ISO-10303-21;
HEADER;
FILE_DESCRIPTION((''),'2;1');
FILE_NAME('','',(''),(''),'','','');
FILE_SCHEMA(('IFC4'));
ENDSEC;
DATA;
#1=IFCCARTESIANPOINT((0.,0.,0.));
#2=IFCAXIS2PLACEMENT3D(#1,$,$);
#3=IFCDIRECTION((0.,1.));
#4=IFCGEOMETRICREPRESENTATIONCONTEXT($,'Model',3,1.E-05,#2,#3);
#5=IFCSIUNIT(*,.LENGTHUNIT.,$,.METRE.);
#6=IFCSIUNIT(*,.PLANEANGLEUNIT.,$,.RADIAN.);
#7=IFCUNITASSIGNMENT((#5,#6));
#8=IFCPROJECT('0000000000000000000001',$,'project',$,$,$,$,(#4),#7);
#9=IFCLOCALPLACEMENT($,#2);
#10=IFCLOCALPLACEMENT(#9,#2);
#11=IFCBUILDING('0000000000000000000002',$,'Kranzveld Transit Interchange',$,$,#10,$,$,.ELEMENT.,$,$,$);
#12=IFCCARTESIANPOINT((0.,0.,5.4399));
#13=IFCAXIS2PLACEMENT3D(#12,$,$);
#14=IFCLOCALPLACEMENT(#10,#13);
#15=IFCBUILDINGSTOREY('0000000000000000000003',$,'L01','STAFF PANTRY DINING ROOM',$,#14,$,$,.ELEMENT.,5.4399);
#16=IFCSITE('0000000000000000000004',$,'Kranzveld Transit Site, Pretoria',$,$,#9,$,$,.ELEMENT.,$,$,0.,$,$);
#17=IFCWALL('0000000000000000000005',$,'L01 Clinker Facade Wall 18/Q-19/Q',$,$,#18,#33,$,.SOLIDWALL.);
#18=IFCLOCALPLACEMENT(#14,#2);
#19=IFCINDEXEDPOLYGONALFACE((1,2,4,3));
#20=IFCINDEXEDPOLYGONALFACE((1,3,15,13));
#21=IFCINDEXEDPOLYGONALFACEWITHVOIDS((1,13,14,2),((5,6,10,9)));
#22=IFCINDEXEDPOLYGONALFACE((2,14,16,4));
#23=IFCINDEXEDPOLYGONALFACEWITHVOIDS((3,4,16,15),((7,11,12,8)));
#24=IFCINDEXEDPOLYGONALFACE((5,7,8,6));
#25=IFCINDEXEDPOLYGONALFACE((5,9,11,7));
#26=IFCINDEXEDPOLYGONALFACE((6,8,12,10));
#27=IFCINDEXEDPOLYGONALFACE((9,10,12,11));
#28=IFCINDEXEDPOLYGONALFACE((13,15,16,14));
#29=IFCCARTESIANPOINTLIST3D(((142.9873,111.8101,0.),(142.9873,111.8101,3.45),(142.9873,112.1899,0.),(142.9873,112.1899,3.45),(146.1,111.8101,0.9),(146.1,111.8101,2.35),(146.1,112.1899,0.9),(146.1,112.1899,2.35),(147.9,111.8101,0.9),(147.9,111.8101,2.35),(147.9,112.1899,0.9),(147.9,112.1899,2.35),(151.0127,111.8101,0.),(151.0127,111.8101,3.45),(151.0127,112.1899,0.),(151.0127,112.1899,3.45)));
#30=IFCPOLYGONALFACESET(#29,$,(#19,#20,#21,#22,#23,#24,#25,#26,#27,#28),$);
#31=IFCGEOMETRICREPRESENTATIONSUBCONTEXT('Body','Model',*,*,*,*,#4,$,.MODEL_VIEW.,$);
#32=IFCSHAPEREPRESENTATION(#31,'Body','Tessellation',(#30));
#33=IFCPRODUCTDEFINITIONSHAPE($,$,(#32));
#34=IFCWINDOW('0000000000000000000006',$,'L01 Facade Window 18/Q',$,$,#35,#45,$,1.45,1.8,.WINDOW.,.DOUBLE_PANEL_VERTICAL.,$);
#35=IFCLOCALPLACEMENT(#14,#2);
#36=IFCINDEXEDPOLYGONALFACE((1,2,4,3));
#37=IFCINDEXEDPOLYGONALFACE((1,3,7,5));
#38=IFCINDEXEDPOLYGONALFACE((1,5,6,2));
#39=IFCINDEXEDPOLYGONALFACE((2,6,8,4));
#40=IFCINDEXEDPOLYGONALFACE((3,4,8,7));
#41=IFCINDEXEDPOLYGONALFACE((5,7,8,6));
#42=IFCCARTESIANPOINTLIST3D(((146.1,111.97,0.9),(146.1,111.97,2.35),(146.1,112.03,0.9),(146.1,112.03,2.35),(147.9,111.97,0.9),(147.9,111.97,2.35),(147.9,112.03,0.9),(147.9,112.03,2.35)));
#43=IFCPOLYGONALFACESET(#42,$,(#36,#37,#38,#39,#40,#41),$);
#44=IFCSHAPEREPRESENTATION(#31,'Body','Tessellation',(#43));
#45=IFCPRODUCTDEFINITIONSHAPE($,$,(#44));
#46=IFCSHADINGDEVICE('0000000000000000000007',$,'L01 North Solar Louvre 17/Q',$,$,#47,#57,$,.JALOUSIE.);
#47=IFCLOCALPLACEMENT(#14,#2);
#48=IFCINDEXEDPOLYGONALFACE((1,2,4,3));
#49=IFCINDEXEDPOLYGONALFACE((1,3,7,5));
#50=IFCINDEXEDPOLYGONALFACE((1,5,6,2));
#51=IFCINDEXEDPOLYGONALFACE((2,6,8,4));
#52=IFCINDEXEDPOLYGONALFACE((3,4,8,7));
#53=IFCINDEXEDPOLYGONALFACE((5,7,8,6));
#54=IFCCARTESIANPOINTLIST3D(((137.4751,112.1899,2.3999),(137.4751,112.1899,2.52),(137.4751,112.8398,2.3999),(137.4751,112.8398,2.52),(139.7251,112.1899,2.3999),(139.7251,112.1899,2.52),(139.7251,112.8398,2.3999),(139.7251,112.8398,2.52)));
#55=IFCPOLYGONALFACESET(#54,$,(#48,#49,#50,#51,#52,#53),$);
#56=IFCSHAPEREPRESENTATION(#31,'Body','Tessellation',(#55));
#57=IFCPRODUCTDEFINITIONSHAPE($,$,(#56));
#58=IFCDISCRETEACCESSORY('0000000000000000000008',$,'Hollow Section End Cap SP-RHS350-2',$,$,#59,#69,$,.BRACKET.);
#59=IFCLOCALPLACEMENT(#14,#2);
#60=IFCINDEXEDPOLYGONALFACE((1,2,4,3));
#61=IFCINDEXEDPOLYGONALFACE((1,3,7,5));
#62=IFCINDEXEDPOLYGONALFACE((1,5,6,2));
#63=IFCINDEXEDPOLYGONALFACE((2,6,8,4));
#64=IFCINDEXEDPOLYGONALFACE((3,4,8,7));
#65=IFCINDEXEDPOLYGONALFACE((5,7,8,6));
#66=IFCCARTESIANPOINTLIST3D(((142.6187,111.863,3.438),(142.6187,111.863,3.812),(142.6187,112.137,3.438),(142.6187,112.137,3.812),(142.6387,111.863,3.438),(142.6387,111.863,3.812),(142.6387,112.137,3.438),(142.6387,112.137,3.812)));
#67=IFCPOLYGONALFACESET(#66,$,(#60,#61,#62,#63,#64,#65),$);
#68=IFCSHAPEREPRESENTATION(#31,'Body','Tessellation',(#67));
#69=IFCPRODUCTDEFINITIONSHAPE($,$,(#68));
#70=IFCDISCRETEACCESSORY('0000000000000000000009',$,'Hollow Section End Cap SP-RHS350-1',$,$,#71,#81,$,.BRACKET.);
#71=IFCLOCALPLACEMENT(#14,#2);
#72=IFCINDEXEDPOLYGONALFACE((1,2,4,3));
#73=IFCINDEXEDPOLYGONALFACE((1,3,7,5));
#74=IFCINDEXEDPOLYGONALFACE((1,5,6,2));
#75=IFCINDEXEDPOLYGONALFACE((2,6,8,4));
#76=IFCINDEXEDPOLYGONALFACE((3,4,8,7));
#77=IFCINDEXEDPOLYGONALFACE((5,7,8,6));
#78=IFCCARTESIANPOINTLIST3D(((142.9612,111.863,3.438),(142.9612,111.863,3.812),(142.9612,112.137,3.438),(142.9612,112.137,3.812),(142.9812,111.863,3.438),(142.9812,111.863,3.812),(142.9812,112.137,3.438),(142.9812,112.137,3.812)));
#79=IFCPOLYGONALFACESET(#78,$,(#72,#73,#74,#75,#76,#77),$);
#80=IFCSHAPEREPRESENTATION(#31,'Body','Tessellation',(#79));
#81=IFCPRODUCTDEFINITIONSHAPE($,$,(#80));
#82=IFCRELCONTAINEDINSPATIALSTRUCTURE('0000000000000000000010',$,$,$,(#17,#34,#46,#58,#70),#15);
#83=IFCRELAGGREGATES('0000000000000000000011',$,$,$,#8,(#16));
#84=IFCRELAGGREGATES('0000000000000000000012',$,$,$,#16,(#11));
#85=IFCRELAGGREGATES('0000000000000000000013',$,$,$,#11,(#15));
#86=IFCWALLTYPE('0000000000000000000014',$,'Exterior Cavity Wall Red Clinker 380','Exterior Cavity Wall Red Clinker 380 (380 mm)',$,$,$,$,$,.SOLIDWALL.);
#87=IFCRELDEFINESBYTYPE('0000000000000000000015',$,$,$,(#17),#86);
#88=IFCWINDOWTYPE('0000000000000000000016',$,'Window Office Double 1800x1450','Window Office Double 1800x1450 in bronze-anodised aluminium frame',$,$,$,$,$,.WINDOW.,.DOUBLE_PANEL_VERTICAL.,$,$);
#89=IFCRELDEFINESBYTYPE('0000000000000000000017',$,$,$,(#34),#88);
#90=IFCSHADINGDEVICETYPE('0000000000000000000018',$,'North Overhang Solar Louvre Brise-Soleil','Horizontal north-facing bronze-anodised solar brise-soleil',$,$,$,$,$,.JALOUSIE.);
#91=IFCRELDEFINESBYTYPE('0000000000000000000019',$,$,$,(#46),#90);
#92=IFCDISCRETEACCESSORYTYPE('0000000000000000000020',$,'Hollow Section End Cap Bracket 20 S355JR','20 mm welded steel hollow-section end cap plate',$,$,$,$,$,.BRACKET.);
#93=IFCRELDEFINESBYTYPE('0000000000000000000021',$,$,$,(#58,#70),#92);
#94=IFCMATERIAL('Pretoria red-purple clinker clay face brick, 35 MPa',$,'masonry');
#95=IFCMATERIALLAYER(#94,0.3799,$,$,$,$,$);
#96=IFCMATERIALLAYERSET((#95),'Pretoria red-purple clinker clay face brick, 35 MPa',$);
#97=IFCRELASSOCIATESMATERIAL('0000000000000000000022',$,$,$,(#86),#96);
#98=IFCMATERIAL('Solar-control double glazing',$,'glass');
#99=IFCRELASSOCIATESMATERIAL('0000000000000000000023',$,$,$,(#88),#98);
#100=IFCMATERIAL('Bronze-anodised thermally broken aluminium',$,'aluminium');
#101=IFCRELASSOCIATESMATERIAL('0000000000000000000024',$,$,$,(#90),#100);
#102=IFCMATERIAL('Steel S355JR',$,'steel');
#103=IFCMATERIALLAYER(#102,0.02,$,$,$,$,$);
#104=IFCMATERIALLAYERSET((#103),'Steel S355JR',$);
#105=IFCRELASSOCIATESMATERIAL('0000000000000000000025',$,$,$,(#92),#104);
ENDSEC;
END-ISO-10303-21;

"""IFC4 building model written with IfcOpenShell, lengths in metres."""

from ifc_helpers import new_model, si_unit, direction, frame, frame_2d, origin, origin_2d, place, context, subcontext, project, spatial, rectangle, extrude, material, layer, layer_set, type_object, element, fill, save


model = new_model("IFC4")

# Units and contexts
model_context = context("Model", 3, precision=1e-05, world=origin(), true_north=direction((0.0, 1.0)))
body_context = subcontext(model_context, "Body", "Model", "MODEL_VIEW")
ifc_project = project(units=[si_unit("LENGTHUNIT", "METRE"), si_unit("PLANEANGLEUNIT", "RADIAN")], contexts=[model_context])

# Site, building, storey
site_placement = place(None, origin())
site = spatial("IfcSite", under=ifc_project, at=site_placement, Name="Kranzveld Transit Site, Pretoria", CompositionType="ELEMENT", RefElevation=0.0)
building_placement = place(site_placement, origin())
building = spatial("IfcBuilding", under=site, at=building_placement, Name="Kranzveld Transit Interchange", CompositionType="ELEMENT")
storey_placement = place(building_placement, frame((0.0, 0.0, 5.4399)))
storey = spatial("IfcBuildingStorey", under=building, at=storey_placement, Name="L01", Description="STAFF PANTRY DINING ROOM", CompositionType="ELEMENT", Elevation=5.4399)

# Wall, opening, window
ifc_material_1 = material(Name="Pretoria red-purple clinker clay face brick, 35 MPa", Category="masonry")
ifc_layer_1 = layer(ifc_material_1, 0.3799)
ifc_layer_set_1 = layer_set([ifc_layer_1], Name="Pretoria red-purple clinker clay face brick, 35 MPa")
wall_type = type_object("IfcWallType", Name="Exterior Cavity Wall Red Clinker 380", Description="Exterior Cavity Wall Red Clinker 380 (380 mm)", PredefinedType="SOLIDWALL", material=ifc_layer_set_1)
wall_placement = place(storey_placement, frame((142.9873, 112.0, 0.0), z_axis=(0.0, 0.0, 1.0), x_axis=(1.0, 0.0, 0.0)))
wall = element("IfcWall", 1, at=wall_placement, inside=storey, type_object=wall_type, Name="L01 Clinker Facade Wall 18/Q-19/Q", PredefinedType="SOLIDWALL", context=body_context, shape_type="SweptSolid", body=[
    extrude(rectangle(XDim=8.0254, YDim=0.3799, at=frame_2d((4.0127, 0.0))), origin(), (0.0, 0.0, 1.0), 3.45),
])
opening_placement = place(wall_placement, frame((3.1128, 0.0, 0.8999), z_axis=(0.0, 0.0, 1.0), x_axis=(1.0, 0.0, 0.0)))
opening = element("IfcOpeningElement", 2, at=opening_placement, cuts=wall, PredefinedType="OPENING", context=body_context, shape_type="SweptSolid", body=[
    extrude(rectangle(XDim=1.8, YDim=1.45, at=frame_2d((0.8999, 0.7251))), frame((0.0, 0.2, 0.0), z_axis=(0.0, -1.0, 0.0), x_axis=(1.0, 0.0, 0.0)), (0.0, 0.0, 1.0), 0.3999),
])
ifc_material_2 = material(Name="Solar-control double glazing", Category="glass")
window_type = type_object("IfcWindowType", Name="Window Office Double 1800x1450", Description="Window Office Double 1800x1450 in bronze-anodised aluminium frame", PartitioningType="DOUBLE_PANEL_VERTICAL", PredefinedType="WINDOW", material=ifc_material_2)
window_placement = place(opening_placement, origin())
window = element("IfcWindow", 3, at=window_placement, inside=storey, type_object=window_type, Name="L01 Facade Window 18/Q", OverallHeight=1.45, OverallWidth=1.8, PartitioningType="DOUBLE_PANEL_VERTICAL", PredefinedType="WINDOW", context=body_context, shape_type="SweptSolid", body=[
    extrude(rectangle(XDim=1.8, YDim=1.45, at=frame_2d((0.8999, 0.7251))), frame((0.0, 0.03, 0.0), z_axis=(0.0, -1.0, 0.0), x_axis=(1.0, 0.0, 0.0)), (0.0, 0.0, 1.0), 0.0601),
])
fill(opening, window)

# Shading device
ifc_material_3 = material(Name="Bronze-anodised thermally broken aluminium", Category="aluminium")
shading_device_type = type_object("IfcShadingDeviceType", Name="North Overhang Solar Louvre Brise-Soleil", Description="Horizontal north-facing bronze-anodised solar brise-soleil", PredefinedType="JALOUSIE", material=ifc_material_3)
shading_device_placement = place(storey_placement, frame((138.6001, 112.5149, 2.3999), z_axis=(0.0, 0.0, 1.0), x_axis=(1.0, 0.0, 0.0)))
element("IfcShadingDevice", 4, at=shading_device_placement, inside=storey, type_object=shading_device_type, Name="L01 North Solar Louvre 17/Q", PredefinedType="JALOUSIE", context=body_context, shape_type="SweptSolid", body=[
    extrude(rectangle(XDim=2.25, YDim=0.6499, at=origin_2d()), origin(), (0.0, 0.0, 1.0), 0.1201),
])

# Discrete accessories
ifc_material_4 = material(Name="Steel S355JR", Category="steel")
ifc_layer_2 = layer(ifc_material_4, 0.02)
ifc_layer_set_2 = layer_set([ifc_layer_2], Name="Steel S355JR")
discrete_accessory_type = type_object("IfcDiscreteAccessoryType", Name="Hollow Section End Cap Bracket 20 S355JR", Description="20 mm welded steel hollow-section end cap plate", PredefinedType="BRACKET", material=ifc_layer_set_2)
for number, where, z_axis, x_axis, name in (
    (5, (142.6187, 112.0, 3.625), (1.0, 0.0, 0.0), (0.0, 1.0, 0.0), "Hollow Section End Cap SP-RHS350-2"),
    (6, (142.9812, 112.0, 3.625), (-1.0, 0.0, 0.0), (0.0, -1.0, 0.0), "Hollow Section End Cap SP-RHS350-1"),
):
    element("IfcDiscreteAccessory", number, at=place(storey_placement, frame(where, z_axis=z_axis, x_axis=x_axis)), inside=storey, type_object=discrete_accessory_type, Name=name, PredefinedType="BRACKET", context=body_context, shape_type="SweptSolid", body=[
        extrude(rectangle(XDim=0.2739, YDim=0.374, at=origin_2d()), origin(), (0.0, 0.0, 1.0), 0.02),
    ])

save(model, "model.ifc")
